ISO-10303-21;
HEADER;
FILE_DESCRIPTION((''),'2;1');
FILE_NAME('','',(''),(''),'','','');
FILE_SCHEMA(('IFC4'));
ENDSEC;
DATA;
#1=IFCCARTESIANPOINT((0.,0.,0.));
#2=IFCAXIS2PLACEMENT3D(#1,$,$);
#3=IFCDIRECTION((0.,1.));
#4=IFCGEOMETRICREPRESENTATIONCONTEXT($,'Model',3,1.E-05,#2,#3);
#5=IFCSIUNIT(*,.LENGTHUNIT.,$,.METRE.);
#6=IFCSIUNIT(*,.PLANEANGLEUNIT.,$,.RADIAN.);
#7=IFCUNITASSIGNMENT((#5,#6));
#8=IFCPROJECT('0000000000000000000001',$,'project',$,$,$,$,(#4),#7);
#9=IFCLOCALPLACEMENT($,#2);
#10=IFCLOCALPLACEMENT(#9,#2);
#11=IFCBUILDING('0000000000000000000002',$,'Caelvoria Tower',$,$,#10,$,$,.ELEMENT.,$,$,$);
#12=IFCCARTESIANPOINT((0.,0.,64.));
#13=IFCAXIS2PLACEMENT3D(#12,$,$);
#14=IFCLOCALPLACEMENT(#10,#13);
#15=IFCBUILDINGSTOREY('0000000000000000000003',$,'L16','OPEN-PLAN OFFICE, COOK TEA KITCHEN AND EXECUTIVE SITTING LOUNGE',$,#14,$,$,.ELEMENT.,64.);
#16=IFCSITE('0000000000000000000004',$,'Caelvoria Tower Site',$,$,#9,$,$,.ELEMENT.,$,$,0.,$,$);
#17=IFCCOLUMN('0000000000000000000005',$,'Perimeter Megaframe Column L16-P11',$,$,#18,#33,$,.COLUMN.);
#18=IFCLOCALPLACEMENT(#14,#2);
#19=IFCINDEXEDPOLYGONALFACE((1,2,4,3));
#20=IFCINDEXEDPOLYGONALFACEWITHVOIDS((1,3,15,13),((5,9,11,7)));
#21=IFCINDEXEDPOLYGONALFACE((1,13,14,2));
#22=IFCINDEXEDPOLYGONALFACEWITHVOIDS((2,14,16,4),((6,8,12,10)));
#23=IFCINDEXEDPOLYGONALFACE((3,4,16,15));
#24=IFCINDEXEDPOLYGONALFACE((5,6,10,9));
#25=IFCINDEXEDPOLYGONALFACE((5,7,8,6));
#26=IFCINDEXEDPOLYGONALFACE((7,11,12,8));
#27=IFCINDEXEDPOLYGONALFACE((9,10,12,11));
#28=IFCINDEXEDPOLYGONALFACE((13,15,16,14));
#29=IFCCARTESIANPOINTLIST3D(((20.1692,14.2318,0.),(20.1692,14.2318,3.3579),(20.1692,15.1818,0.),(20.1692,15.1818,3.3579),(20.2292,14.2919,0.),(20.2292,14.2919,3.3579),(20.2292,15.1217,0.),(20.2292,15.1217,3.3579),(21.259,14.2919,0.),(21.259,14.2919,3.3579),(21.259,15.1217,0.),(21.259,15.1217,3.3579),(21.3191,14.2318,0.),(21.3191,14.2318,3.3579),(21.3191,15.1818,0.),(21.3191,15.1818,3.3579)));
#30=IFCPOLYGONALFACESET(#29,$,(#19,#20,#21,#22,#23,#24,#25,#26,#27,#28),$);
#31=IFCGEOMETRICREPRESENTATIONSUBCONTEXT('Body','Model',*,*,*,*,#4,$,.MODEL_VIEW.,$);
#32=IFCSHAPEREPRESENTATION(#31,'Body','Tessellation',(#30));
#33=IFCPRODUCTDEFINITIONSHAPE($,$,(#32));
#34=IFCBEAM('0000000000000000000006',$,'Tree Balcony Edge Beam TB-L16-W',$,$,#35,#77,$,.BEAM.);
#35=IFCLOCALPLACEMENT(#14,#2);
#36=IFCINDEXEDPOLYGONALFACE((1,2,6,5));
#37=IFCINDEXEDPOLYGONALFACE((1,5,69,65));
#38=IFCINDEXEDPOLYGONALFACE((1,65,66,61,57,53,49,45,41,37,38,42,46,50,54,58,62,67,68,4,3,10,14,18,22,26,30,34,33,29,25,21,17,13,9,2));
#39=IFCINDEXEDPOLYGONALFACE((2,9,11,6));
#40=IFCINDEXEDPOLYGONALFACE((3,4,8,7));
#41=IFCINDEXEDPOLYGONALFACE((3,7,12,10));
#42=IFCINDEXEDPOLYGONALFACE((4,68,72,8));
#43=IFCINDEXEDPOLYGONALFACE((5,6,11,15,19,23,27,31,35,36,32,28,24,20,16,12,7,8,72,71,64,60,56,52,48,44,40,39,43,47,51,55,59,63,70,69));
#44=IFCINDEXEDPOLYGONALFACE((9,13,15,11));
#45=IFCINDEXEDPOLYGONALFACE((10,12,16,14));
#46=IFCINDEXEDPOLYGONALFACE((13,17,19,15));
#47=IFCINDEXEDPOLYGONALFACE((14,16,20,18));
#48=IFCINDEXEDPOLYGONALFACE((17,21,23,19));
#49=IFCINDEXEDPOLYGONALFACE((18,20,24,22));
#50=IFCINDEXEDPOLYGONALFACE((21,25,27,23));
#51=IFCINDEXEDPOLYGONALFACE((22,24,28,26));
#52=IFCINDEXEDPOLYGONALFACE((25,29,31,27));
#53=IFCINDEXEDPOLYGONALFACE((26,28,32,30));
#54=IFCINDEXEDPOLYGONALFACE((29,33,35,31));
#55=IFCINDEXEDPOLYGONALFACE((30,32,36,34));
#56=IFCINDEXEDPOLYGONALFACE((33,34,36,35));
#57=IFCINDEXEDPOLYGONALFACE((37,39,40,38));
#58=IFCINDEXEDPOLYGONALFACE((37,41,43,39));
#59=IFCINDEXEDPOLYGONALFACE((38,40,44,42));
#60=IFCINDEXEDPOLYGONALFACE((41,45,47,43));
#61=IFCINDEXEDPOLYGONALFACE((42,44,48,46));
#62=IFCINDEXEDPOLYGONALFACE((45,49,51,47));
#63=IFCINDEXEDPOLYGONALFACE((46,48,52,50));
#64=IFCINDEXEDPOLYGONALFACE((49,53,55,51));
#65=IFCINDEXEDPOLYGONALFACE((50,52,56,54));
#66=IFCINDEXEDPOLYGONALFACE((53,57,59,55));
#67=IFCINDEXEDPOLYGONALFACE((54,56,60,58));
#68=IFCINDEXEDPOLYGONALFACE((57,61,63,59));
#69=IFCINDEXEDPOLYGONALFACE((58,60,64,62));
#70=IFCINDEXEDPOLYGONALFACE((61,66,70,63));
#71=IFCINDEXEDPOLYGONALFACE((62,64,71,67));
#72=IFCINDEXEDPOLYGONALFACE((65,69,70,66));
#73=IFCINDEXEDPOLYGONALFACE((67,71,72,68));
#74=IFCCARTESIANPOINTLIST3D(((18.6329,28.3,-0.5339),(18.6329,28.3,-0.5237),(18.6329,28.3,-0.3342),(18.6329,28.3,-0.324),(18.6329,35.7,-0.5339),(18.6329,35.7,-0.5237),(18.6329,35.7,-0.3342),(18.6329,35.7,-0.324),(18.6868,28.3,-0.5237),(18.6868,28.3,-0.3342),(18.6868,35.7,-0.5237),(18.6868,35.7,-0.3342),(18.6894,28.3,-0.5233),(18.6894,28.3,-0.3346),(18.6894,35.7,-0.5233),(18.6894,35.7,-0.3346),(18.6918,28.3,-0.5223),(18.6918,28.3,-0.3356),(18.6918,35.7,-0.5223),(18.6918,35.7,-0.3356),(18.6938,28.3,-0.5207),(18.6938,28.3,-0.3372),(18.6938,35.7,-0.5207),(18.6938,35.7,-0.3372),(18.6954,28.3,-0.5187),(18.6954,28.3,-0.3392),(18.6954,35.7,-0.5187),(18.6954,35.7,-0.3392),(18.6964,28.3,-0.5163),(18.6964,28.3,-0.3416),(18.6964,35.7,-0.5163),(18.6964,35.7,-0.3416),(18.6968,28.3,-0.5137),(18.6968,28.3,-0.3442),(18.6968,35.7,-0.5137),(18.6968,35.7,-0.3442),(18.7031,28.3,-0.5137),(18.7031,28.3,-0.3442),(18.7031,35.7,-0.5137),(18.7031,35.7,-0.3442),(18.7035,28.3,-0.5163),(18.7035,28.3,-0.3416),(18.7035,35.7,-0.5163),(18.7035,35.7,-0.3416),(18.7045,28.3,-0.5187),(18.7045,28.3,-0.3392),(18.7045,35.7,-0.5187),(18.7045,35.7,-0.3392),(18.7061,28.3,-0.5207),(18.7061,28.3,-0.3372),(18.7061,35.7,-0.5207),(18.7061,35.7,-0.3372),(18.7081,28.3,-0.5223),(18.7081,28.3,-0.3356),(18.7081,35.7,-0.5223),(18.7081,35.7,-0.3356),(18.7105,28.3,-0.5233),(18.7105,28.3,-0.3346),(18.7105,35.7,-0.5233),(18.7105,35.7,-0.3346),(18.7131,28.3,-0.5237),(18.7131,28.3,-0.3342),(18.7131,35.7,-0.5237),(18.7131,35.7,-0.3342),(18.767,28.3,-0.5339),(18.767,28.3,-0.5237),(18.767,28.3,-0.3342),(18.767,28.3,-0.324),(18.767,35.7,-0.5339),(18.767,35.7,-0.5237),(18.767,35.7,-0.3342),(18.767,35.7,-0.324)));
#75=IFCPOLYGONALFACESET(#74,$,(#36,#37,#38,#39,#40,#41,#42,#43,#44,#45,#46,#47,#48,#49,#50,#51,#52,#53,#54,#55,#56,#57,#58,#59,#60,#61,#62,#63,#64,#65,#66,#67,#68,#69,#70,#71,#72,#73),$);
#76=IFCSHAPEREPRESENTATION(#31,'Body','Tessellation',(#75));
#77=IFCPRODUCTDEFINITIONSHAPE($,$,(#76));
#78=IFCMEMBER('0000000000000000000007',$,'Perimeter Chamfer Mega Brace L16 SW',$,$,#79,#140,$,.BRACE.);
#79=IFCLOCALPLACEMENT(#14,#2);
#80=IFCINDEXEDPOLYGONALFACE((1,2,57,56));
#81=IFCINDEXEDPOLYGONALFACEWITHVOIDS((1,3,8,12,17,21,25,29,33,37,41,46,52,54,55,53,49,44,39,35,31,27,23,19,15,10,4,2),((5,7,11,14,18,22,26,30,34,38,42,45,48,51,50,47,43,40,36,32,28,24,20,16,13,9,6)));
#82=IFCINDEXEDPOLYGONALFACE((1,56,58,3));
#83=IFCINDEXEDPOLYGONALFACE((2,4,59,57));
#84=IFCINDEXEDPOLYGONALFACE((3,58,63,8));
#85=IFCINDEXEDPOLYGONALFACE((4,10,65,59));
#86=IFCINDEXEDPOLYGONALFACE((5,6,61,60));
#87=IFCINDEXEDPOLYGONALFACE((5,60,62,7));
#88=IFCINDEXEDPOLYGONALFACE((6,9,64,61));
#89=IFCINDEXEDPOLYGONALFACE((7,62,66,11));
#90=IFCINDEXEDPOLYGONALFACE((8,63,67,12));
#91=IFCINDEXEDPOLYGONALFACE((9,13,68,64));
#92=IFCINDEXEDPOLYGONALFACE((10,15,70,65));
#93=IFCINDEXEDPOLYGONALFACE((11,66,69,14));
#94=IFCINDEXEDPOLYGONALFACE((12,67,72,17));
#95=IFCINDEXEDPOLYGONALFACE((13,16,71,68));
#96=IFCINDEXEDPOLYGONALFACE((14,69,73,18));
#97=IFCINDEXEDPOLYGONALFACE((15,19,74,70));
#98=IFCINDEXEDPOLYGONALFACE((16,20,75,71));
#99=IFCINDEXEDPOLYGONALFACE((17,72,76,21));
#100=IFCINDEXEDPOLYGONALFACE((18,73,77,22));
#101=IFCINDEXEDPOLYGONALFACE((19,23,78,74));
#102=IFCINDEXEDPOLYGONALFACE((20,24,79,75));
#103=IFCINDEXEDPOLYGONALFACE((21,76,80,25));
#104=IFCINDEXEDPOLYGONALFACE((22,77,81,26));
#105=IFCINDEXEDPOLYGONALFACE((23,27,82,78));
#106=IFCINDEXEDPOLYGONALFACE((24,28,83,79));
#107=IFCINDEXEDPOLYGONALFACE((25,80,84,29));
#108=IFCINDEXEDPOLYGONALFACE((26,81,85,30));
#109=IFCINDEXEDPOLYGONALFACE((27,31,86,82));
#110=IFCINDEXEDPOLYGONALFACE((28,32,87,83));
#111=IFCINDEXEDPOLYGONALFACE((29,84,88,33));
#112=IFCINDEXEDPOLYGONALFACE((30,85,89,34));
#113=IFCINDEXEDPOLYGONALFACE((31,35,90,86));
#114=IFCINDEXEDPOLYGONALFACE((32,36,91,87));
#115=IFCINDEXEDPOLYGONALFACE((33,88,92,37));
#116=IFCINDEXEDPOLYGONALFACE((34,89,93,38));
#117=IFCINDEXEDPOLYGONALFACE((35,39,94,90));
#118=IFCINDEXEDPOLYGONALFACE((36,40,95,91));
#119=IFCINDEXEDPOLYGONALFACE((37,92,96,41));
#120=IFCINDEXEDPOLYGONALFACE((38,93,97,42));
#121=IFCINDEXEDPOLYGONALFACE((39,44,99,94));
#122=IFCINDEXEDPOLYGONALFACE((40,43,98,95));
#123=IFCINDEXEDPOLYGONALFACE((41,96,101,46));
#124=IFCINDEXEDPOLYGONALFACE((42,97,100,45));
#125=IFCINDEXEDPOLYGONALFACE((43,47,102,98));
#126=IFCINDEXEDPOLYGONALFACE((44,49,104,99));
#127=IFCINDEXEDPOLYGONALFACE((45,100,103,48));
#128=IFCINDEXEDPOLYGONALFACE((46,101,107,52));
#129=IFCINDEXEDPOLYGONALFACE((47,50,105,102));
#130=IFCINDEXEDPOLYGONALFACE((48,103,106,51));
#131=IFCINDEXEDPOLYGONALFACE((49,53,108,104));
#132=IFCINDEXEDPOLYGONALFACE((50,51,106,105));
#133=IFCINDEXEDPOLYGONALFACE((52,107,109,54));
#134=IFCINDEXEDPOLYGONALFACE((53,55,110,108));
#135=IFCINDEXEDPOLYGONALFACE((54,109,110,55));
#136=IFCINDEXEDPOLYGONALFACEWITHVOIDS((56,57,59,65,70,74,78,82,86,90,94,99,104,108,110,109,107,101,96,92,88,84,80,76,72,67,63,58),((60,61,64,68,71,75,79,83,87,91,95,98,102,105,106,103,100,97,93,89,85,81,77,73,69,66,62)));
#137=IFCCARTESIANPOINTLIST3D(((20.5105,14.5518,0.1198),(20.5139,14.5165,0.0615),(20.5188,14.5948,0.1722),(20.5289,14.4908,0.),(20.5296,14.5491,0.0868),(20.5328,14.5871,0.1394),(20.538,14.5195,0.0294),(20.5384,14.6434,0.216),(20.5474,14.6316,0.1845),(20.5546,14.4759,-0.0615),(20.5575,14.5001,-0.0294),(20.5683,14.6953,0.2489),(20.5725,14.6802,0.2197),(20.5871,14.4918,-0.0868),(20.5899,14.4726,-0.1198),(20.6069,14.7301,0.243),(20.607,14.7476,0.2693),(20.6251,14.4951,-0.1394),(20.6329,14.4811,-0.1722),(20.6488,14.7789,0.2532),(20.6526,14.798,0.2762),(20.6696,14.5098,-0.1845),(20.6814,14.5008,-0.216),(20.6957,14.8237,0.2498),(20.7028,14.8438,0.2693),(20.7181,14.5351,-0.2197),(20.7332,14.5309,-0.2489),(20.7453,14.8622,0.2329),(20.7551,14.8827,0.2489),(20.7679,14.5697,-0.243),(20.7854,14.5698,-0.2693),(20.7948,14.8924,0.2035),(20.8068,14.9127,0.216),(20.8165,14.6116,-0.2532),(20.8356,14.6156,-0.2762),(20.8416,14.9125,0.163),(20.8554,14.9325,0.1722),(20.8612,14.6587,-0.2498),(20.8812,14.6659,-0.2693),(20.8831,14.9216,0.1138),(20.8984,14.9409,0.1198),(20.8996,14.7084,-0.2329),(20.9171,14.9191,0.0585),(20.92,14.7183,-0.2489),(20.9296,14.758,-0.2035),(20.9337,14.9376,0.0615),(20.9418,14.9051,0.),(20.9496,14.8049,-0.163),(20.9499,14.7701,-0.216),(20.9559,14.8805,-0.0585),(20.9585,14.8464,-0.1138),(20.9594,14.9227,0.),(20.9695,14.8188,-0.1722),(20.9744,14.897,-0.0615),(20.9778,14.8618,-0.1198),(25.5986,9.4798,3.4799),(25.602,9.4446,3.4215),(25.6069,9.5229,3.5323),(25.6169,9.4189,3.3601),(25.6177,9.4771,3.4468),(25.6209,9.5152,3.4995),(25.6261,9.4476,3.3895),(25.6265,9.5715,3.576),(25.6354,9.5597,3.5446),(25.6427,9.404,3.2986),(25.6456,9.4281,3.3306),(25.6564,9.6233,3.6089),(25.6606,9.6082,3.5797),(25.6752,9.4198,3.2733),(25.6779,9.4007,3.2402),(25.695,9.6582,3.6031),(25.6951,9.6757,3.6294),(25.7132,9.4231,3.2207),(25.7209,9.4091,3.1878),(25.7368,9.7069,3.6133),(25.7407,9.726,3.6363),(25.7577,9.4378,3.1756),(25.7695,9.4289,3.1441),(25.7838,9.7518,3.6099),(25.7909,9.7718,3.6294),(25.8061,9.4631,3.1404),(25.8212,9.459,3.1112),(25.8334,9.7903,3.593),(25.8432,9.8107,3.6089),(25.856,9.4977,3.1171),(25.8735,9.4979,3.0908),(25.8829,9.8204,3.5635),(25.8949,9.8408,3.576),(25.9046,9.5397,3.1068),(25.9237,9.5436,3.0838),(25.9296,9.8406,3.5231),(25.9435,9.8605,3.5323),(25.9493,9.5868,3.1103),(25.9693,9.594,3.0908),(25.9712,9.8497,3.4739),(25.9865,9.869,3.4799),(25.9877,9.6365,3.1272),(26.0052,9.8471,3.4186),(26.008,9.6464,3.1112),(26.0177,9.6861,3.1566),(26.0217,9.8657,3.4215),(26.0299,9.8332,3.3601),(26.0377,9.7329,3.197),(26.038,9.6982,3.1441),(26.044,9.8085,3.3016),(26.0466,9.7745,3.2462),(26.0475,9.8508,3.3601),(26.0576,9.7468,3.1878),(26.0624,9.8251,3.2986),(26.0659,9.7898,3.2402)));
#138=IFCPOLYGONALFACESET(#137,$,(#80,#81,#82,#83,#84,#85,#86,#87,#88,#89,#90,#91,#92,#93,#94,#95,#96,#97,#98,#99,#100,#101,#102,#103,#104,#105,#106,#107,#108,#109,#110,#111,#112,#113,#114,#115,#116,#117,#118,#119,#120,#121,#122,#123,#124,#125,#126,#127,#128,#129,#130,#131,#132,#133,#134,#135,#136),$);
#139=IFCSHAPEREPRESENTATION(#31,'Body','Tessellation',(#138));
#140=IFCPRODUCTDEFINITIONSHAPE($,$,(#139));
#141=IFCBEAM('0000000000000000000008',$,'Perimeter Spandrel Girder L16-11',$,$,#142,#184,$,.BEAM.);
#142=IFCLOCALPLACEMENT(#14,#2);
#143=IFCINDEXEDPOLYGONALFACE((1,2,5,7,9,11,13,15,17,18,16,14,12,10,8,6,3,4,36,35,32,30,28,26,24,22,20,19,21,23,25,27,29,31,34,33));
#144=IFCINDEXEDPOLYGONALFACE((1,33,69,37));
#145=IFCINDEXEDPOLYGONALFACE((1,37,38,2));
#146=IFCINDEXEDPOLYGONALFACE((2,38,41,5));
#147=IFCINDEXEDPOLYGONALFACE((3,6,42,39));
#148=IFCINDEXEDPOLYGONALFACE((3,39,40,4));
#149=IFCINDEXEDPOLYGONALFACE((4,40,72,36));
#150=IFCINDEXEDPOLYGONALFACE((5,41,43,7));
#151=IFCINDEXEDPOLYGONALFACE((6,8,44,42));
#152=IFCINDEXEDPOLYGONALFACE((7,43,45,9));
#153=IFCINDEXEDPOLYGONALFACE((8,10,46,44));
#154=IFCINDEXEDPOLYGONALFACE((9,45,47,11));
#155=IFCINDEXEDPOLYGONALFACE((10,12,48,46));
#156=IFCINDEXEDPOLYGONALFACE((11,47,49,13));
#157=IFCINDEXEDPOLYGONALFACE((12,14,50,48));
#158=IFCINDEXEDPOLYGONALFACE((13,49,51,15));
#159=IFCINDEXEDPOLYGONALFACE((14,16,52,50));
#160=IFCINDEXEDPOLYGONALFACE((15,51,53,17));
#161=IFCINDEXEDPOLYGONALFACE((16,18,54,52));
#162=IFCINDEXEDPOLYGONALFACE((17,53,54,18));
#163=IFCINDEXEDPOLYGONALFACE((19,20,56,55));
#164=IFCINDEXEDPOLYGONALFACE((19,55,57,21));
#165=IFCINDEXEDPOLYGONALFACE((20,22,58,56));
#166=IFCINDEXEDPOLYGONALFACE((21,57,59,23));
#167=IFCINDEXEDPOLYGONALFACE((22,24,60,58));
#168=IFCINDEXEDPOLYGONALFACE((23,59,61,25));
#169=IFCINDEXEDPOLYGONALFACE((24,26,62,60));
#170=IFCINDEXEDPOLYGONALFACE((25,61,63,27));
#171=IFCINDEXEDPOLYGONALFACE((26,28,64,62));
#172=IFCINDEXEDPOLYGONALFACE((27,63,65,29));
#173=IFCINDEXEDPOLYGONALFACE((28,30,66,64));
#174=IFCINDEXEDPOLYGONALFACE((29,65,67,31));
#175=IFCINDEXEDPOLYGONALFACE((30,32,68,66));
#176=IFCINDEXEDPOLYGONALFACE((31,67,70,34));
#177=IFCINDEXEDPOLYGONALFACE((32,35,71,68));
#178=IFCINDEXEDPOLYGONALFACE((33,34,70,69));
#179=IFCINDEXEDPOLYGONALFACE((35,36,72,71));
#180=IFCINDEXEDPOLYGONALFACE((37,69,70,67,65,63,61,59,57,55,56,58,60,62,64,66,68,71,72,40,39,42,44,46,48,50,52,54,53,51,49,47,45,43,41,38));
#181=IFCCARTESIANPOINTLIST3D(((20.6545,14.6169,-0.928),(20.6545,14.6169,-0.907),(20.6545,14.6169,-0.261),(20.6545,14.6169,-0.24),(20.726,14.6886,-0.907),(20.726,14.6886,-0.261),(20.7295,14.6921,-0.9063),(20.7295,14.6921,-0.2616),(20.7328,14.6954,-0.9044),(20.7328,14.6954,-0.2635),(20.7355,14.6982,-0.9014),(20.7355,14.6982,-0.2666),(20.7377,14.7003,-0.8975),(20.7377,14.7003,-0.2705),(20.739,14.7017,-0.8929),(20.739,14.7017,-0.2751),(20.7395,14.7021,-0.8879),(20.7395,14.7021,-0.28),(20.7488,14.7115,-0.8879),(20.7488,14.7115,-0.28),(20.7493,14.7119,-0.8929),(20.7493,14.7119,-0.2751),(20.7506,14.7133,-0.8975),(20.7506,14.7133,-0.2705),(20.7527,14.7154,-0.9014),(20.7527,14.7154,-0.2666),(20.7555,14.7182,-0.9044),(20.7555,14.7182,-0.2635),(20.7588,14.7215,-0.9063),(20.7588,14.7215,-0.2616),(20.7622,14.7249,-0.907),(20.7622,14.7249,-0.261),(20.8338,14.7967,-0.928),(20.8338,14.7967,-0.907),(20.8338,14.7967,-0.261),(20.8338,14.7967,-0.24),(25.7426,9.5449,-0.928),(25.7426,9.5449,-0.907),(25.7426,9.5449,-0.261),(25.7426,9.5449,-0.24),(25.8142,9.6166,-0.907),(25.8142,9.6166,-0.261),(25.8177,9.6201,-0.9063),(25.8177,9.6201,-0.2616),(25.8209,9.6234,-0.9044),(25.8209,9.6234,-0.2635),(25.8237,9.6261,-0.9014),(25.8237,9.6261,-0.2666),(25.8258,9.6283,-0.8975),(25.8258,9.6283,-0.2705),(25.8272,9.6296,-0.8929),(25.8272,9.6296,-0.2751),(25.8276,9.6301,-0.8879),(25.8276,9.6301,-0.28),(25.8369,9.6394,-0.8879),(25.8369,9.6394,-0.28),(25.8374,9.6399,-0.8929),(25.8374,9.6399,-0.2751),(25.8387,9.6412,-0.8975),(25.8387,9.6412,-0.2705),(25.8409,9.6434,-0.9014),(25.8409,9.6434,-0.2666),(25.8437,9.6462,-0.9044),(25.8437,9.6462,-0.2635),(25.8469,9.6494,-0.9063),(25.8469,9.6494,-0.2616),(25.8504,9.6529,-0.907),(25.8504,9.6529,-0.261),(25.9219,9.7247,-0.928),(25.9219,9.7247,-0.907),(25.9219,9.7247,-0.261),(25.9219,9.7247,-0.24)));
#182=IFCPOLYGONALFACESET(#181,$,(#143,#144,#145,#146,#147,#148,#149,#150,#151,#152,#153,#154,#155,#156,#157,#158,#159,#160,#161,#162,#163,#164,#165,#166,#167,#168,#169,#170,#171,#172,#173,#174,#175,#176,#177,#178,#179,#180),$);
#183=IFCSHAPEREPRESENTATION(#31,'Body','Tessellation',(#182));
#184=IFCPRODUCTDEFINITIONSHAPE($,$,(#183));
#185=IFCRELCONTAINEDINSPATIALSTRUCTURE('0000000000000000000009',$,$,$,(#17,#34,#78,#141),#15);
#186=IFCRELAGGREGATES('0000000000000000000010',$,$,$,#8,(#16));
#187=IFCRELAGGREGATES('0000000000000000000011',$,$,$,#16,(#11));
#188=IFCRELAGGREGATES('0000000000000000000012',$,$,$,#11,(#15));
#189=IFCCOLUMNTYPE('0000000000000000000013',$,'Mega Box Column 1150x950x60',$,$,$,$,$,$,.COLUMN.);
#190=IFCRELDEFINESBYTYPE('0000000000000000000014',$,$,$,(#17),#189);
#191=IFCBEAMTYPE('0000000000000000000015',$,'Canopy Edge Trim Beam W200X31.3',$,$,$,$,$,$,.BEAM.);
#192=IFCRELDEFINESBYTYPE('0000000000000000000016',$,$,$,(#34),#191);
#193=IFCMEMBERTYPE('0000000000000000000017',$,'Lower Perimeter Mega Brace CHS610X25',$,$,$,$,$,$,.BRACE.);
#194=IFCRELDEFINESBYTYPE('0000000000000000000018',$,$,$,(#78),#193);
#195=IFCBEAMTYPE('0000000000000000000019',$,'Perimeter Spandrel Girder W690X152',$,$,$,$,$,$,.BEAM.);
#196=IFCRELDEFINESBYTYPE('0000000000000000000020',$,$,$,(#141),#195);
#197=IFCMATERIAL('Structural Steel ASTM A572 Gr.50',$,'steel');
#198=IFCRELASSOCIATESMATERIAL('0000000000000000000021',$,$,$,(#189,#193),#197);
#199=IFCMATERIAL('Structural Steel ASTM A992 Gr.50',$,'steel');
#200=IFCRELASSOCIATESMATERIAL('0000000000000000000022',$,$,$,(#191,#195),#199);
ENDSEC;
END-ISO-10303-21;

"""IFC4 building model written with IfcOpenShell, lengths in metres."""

from ifc_helpers import new_model, si_unit, direction, frame, origin, origin_2d, place, context, subcontext, project, spatial, hollow_rectangle, hollow_circle, i_section, extrude, material, material_profile, profile_set, type_object, element, save


model = new_model("IFC4")

# Units and contexts
model_context = context("Model", 3, precision=1e-05, world=origin(), true_north=direction((0.0, 1.0)))
body_context = subcontext(model_context, "Body", "Model", "MODEL_VIEW")
ifc_project = project(units=[si_unit("LENGTHUNIT", "METRE"), si_unit("PLANEANGLEUNIT", "RADIAN")], contexts=[model_context])

# Site, building, storey
site_placement = place(None, origin())
site = spatial("IfcSite", under=ifc_project, at=site_placement, Name="Caelvoria Tower Site", CompositionType="ELEMENT", RefElevation=0.0)
building_placement = place(site_placement, origin())
building = spatial("IfcBuilding", under=site, at=building_placement, Name="Caelvoria Tower", CompositionType="ELEMENT")
storey_placement = place(building_placement, frame((0.0, 0.0, 64.0)))
storey = spatial("IfcBuildingStorey", under=building, at=storey_placement, Name="L16", Description="OPEN-PLAN OFFICE, COOK TEA KITCHEN AND EXECUTIVE SITTING LOUNGE", CompositionType="ELEMENT", Elevation=64.0)

# Column
ifc_material_1 = material(Name="Structural Steel ASTM A572 Gr.50", Category="steel")
ifc_material_profile_1 = material_profile(ifc_material_1, hollow_rectangle(XDim=0.95, YDim=1.1499, WallThickness=0.0601, at=origin_2d()), Name="Structural Steel ASTM A572 Gr.50")
ifc_profile_set_1 = profile_set([ifc_material_profile_1], Name="BOX1150X950X60 - Structural Steel ASTM A572 Gr.50")
column_type = type_object("IfcColumnType", Name="Mega Box Column 1150x950x60", PredefinedType="COLUMN", material=ifc_profile_set_1)
column_placement = place(storey_placement, frame((20.7441, 14.7068, 0.0), z_axis=(0.0, 0.0, 1.0), x_axis=(0.0, 1.0, 0.0)))
element("IfcColumn", 1, at=column_placement, inside=storey, type_object=column_type, Name="Perimeter Megaframe Column L16-P11", PredefinedType="COLUMN", context=body_context, shape_type="SweptSolid", body=[
    extrude(hollow_rectangle(XDim=0.95, YDim=1.1499, WallThickness=0.0601, at=origin_2d()), origin(), (0.0, 0.0, 1.0), 3.3579),
])

# Beam
ifc_material_2 = material(Name="Structural Steel ASTM A992 Gr.50", Category="steel")
ifc_material_profile_2 = material_profile(ifc_material_2, i_section(OverallWidth=0.134, OverallDepth=0.21, WebThickness=0.0063, FlangeThickness=0.0103, FilletRadius=0.01, at=origin_2d()), Name="Structural Steel ASTM A992 Gr.50")
ifc_profile_set_2 = profile_set([ifc_material_profile_2], Name="W200X31.3 - Structural Steel ASTM A992 Gr.50")
beam_type_1 = type_object("IfcBeamType", Name="Canopy Edge Trim Beam W200X31.3", PredefinedType="BEAM", material=ifc_profile_set_2)
beam_1_placement = place(storey_placement, frame((18.7, 28.3, -0.429), z_axis=(0.0, 1.0, 0.0), x_axis=(-1.0, 0.0, 0.0)))
element("IfcBeam", 2, at=beam_1_placement, inside=storey, type_object=beam_type_1, Name="Tree Balcony Edge Beam TB-L16-W", PredefinedType="BEAM", context=body_context, shape_type="SweptSolid", body=[
    extrude(i_section(OverallWidth=0.134, OverallDepth=0.21, WebThickness=0.0063, FlangeThickness=0.0103, FilletRadius=0.01, at=origin_2d()), origin(), (0.0, 0.0, 1.0), 7.3999),
])

# Member
ifc_material_profile_3 = material_profile(ifc_material_1, hollow_circle(Radius=0.3049, WallThickness=0.0249, at=origin_2d()), Name="Structural Steel ASTM A572 Gr.50")
ifc_profile_set_3 = profile_set([ifc_material_profile_3], Name="CHS610X25 - Structural Steel ASTM A572 Gr.50")
member_type = type_object("IfcMemberType", Name="Lower Perimeter Mega Brace CHS610X25", PredefinedType="BRACE", material=ifc_profile_set_3)
member_placement = place(storey_placement, frame((20.7441, 14.7068, 0.0), z_axis=(0.641529, -0.639498, 0.423654), x_axis=(0.705984, 0.708227, 0.0)))
element("IfcMember", 3, at=member_placement, inside=storey, type_object=member_type, Name="Perimeter Chamfer Mega Brace L16 SW", PredefinedType="BRACE", context=body_context, shape_type="SweptSolid", body=[
    extrude(hollow_circle(Radius=0.3049, WallThickness=0.0249, at=origin_2d()), origin(), (0.0, 0.0, 1.0), 7.9312),
])

# Beam
ifc_material_profile_4 = material_profile(ifc_material_2, i_section(OverallWidth=0.2539, OverallDepth=0.688, WebThickness=0.0132, FlangeThickness=0.021, FilletRadius=0.019, at=origin_2d()), Name="Structural Steel ASTM A992 Gr.50")
ifc_profile_set_4 = profile_set([ifc_material_profile_4], Name="W690X152 - Structural Steel ASTM A992 Gr.50")
beam_type_2 = type_object("IfcBeamType", Name="Perimeter Spandrel Girder W690X152", PredefinedType="BEAM", material=ifc_profile_set_4)
beam_2_placement = place(storey_placement, frame((20.7441, 14.7068, -0.584), z_axis=(0.708227, -0.705984, 0.0), x_axis=(0.705984, 0.708227, 0.0)))
element("IfcBeam", 4, at=beam_2_placement, inside=storey, type_object=beam_type_2, Name="Perimeter Spandrel Girder L16-11", PredefinedType="BEAM", context=body_context, shape_type="SweptSolid", body=[
    extrude(i_section(OverallWidth=0.2539, OverallDepth=0.688, WebThickness=0.0132, FlangeThickness=0.021, FilletRadius=0.019, at=origin_2d()), origin(), (0.0, 0.0, 1.0), 7.1843),
])

save(model, "model.ifc")
